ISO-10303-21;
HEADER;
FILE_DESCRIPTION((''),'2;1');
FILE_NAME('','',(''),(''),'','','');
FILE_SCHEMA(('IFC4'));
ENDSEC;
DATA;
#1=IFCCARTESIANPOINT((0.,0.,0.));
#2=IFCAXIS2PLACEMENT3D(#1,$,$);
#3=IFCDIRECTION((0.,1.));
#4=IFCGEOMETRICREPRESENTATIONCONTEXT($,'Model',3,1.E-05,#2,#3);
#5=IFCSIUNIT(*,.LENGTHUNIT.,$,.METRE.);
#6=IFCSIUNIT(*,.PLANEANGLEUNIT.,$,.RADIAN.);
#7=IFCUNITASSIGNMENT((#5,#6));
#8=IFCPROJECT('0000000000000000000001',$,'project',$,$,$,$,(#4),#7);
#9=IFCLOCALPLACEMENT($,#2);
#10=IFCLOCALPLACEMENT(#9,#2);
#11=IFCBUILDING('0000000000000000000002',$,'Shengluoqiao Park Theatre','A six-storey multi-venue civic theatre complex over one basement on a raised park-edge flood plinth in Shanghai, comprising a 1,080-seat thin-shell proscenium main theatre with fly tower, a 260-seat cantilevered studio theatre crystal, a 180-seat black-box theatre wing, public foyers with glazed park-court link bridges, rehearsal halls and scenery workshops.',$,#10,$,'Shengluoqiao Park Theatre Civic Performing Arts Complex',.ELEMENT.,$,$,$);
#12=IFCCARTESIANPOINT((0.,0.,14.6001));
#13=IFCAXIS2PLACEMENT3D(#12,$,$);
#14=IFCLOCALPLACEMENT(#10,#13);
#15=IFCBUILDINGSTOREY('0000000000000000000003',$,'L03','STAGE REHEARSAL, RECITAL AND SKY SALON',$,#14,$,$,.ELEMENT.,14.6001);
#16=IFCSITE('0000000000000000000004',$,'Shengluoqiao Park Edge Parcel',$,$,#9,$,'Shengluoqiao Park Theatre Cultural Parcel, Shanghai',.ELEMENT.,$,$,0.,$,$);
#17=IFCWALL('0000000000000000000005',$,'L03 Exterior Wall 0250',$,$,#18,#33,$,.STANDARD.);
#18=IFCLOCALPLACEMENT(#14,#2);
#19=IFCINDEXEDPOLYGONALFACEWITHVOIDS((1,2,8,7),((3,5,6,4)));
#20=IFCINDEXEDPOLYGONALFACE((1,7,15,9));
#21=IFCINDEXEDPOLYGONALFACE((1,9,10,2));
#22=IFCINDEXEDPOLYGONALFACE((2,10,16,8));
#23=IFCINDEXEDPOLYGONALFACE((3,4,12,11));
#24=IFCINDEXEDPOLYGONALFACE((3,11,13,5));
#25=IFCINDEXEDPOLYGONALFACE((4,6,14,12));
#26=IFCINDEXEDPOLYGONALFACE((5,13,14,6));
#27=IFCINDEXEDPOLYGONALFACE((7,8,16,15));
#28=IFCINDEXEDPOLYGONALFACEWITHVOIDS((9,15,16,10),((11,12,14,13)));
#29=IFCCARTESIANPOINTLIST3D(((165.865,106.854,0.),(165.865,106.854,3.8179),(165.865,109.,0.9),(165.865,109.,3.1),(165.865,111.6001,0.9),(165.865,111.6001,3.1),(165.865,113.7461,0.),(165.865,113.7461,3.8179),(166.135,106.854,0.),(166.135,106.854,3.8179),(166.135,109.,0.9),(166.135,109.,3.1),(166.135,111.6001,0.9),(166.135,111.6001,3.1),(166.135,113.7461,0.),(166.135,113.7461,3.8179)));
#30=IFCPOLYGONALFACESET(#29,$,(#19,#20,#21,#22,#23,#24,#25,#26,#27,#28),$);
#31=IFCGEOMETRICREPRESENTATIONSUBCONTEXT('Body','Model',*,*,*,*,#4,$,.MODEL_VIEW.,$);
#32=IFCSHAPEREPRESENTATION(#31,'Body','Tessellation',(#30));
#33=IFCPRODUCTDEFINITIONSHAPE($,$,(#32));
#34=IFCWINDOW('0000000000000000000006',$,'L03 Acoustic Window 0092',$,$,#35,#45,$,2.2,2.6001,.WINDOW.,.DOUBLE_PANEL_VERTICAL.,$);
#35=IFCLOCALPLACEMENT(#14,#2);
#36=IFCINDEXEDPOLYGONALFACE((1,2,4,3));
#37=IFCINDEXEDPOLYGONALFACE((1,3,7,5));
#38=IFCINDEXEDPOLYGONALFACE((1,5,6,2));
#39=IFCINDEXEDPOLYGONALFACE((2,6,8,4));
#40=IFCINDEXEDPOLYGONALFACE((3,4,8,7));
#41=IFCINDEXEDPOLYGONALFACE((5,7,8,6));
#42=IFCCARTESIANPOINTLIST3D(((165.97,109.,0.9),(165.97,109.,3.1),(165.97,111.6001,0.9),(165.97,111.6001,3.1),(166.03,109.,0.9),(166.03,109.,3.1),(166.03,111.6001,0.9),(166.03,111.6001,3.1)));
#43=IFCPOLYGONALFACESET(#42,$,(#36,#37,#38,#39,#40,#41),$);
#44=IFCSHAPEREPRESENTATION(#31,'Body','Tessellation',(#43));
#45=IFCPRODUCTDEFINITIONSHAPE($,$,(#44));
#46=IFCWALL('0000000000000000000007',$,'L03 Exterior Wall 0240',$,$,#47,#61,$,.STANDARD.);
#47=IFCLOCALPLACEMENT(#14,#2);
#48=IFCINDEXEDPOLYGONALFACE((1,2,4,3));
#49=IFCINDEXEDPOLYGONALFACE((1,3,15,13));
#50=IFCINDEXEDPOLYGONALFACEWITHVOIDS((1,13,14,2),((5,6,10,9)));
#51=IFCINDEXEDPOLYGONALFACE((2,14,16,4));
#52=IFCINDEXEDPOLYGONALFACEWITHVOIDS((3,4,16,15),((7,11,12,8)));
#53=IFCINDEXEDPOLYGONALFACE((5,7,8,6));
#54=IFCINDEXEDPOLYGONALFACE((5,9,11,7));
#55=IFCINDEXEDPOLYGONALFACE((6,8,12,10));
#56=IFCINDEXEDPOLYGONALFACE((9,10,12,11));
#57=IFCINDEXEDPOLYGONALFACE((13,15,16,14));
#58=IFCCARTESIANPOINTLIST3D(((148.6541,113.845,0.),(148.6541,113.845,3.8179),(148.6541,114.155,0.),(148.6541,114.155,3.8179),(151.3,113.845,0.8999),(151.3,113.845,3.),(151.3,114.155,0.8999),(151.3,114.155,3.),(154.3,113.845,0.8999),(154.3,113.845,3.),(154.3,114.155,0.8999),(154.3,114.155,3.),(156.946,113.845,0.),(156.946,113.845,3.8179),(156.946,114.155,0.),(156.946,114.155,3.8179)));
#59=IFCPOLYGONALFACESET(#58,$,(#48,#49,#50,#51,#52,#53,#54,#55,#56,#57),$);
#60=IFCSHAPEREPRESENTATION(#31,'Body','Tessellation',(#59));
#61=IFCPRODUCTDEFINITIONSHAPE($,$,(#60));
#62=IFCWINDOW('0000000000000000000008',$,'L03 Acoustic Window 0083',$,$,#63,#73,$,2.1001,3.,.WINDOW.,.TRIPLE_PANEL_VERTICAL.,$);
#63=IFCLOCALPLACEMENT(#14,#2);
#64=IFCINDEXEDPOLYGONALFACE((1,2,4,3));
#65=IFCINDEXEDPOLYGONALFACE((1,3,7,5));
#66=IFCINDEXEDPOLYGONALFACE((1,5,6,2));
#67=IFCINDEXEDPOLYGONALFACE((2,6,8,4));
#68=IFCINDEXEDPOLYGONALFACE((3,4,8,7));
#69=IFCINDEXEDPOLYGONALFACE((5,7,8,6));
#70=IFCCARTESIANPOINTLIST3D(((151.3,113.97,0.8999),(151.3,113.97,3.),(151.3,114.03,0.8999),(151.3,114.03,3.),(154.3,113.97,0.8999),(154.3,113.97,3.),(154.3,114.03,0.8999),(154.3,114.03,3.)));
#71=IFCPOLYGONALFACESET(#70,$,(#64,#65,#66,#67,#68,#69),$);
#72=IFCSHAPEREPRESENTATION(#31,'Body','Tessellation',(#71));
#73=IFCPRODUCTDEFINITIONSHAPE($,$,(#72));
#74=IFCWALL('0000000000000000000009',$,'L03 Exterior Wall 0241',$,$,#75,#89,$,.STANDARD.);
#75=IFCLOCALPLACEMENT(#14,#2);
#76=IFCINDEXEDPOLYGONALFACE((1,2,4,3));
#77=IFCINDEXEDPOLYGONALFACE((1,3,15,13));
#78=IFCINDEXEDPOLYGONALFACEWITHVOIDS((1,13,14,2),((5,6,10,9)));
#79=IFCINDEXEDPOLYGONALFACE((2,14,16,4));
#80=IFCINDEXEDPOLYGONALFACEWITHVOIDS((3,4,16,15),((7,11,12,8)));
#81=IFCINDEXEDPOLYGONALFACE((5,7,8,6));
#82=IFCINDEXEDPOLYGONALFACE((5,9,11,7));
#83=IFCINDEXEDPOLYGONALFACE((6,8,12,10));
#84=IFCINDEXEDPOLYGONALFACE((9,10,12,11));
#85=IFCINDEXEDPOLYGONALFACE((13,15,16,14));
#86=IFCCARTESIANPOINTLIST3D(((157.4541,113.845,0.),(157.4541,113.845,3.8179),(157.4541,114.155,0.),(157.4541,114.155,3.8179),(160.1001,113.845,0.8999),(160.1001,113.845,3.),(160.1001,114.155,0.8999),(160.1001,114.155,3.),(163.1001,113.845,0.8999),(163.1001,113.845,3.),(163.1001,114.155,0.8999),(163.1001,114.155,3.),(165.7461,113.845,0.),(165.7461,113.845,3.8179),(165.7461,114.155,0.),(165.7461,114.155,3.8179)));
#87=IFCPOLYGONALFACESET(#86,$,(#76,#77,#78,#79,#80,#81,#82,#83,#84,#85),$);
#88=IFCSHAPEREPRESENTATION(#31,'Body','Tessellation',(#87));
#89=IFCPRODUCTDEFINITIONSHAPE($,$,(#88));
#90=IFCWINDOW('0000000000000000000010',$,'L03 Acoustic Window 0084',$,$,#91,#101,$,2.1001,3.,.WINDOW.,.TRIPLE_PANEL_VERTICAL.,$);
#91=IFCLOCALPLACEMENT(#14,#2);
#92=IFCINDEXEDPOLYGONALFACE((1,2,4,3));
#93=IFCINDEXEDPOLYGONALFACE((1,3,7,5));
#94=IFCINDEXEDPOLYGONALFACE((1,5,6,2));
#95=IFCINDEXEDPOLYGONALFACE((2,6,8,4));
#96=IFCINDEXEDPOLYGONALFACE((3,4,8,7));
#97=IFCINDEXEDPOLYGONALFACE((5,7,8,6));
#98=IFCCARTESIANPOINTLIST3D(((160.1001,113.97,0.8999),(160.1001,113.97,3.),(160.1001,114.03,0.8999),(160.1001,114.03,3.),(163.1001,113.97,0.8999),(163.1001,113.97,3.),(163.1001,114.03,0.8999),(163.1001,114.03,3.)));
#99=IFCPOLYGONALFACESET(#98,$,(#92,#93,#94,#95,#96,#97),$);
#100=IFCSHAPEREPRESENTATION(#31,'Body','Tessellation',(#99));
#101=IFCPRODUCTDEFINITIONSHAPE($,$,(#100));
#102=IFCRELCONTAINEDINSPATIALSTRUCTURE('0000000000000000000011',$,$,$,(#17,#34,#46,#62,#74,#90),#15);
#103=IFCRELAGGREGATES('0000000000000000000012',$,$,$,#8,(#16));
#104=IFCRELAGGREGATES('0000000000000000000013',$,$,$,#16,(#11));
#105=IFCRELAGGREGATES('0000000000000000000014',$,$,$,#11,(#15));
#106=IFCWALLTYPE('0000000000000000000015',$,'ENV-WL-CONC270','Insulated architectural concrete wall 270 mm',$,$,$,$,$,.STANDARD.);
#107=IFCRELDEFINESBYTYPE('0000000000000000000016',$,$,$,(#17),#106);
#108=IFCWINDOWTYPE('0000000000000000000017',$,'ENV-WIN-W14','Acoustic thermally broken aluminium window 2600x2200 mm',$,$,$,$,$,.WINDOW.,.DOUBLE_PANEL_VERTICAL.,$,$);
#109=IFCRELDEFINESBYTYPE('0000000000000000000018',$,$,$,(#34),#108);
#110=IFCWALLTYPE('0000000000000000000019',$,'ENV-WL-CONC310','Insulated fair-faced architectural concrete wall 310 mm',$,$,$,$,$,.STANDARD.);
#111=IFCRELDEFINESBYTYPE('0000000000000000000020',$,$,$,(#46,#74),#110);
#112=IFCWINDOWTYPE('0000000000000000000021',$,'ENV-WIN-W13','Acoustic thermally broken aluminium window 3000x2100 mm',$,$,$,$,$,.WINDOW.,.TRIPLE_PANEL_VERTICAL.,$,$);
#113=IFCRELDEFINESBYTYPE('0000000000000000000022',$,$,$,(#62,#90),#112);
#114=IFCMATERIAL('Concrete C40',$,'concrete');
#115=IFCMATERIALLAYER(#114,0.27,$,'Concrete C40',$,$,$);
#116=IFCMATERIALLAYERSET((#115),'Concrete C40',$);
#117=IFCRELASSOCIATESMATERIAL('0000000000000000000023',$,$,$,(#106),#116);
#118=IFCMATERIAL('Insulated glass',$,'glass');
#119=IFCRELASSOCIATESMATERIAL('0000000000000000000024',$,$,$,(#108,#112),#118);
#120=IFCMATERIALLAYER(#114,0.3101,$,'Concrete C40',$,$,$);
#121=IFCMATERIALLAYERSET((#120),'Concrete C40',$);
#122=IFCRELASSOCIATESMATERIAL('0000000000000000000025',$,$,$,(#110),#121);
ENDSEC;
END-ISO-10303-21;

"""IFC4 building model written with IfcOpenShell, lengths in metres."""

from ifc_helpers import new_model, si_unit, direction, frame, frame_2d, origin, place, context, subcontext, project, spatial, rectangle, extrude, material, layer, layer_set, type_object, element, fill, save


model = new_model("IFC4")

# Units and contexts
model_context = context("Model", 3, precision=1e-05, world=origin(), true_north=direction((0.0, 1.0)))
body_context = subcontext(model_context, "Body", "Model", "MODEL_VIEW")
ifc_project = project(units=[si_unit("LENGTHUNIT", "METRE"), si_unit("PLANEANGLEUNIT", "RADIAN")], contexts=[model_context])

# Site, building, storey
site_placement = place(None, origin())
site = spatial("IfcSite", under=ifc_project, at=site_placement, Name="Shengluoqiao Park Edge Parcel", LongName="Shengluoqiao Park Theatre Cultural Parcel, Shanghai", CompositionType="ELEMENT", RefElevation=0.0)
building_placement = place(site_placement, origin())
building = spatial("IfcBuilding", under=site, at=building_placement, Name="Shengluoqiao Park Theatre", Description="A six-storey multi-venue civic theatre complex over one basement on a raised park-edge flood plinth in Shanghai, comprising a 1,080-seat thin-shell proscenium main theatre with fly tower, a 260-seat cantilevered studio theatre crystal, a 180-seat black-box theatre wing, public foyers with glazed park-court link bridges, rehearsal halls and scenery workshops.", LongName="Shengluoqiao Park Theatre Civic Performing Arts Complex", CompositionType="ELEMENT")
storey_placement = place(building_placement, frame((0.0, 0.0, 14.6001)))
storey = spatial("IfcBuildingStorey", under=building, at=storey_placement, Name="L03", Description="STAGE REHEARSAL, RECITAL AND SKY SALON", CompositionType="ELEMENT", Elevation=14.6001)

# Shared definitions
ifc_material_1 = material(Name="Concrete C40", Category="concrete")

# Walls, openings, windows
ifc_layer_1 = layer(ifc_material_1, 0.27, Name="Concrete C40")
ifc_layer_set_1 = layer_set([ifc_layer_1], Name="Concrete C40")
wall_type_1 = type_object("IfcWallType", Name="ENV-WL-CONC270", Description="Insulated architectural concrete wall 270 mm", PredefinedType="STANDARD", material=ifc_layer_set_1)
ifc_material_2 = material(Name="Insulated glass", Category="glass")
wall_1_placement = place(storey_placement, frame((166.0, 106.854, 0.0), z_axis=(0.0, 0.0, 1.0), x_axis=(0.0, 1.0, 0.0)))
wall_1 = element("IfcWall", 1, at=wall_1_placement, inside=storey, type_object=wall_type_1, Name="L03 Exterior Wall 0250", PredefinedType="STANDARD", context=body_context, shape_type="SweptSolid", body=[
    extrude(rectangle(XDim=6.8921, YDim=0.27, at=frame_2d((3.446, 0.0))), origin(), (0.0, 0.0, 1.0), 3.8179),
])
opening_1_placement = place(wall_1_placement, frame((2.146, 0.0, 0.8999)))
opening_1 = element("IfcOpeningElement", 2, at=opening_1_placement, cuts=wall_1, PredefinedType="OPENING", context=body_context, shape_type="SweptSolid", body=[
    extrude(rectangle(XDim=2.6001, YDim=2.2, at=frame_2d((1.3, 1.1001))), frame((0.0, 0.145, 0.0), z_axis=(0.0, -1.0, 0.0), x_axis=(1.0, 0.0, 0.0)), (0.0, 0.0, 1.0), 0.29),
])
window_type_1 = type_object("IfcWindowType", Name="ENV-WIN-W14", Description="Acoustic thermally broken aluminium window 2600x2200 mm", PartitioningType="DOUBLE_PANEL_VERTICAL", PredefinedType="WINDOW", material=ifc_material_2)
window_1_placement = place(opening_1_placement, origin())
window_1 = element("IfcWindow", 3, at=window_1_placement, inside=storey, type_object=window_type_1, Name="L03 Acoustic Window 0092", OverallHeight=2.2, OverallWidth=2.6001, PartitioningType="DOUBLE_PANEL_VERTICAL", PredefinedType="WINDOW", context=body_context, shape_type="SweptSolid", body=[
    extrude(rectangle(XDim=2.6001, YDim=2.2, at=frame_2d((1.3, 1.1001))), frame((0.0, 0.03, 0.0), z_axis=(0.0, -1.0, 0.0), x_axis=(1.0, 0.0, 0.0)), (0.0, 0.0, 1.0), 0.0601),
])
fill(opening_1, window_1)
ifc_layer_2 = layer(ifc_material_1, 0.3101, Name="Concrete C40")
ifc_layer_set_2 = layer_set([ifc_layer_2], Name="Concrete C40")
wall_type_2 = type_object("IfcWallType", Name="ENV-WL-CONC310", Description="Insulated fair-faced architectural concrete wall 310 mm", PredefinedType="STANDARD", material=ifc_layer_set_2)
wall_2_placement = place(storey_placement, frame((148.6541, 114.0, 0.0), z_axis=(0.0, 0.0, 1.0), x_axis=(1.0, 0.0, 0.0)))
wall_2 = element("IfcWall", 4, at=wall_2_placement, inside=storey, type_object=wall_type_2, Name="L03 Exterior Wall 0240", PredefinedType="STANDARD", context=body_context, shape_type="SweptSolid", body=[
    extrude(rectangle(XDim=8.292, YDim=0.3101, at=frame_2d((4.146, 0.0))), origin(), (0.0, 0.0, 1.0), 3.8179),
])
opening_2_placement = place(wall_2_placement, frame((2.646, 0.0, 0.8999)))
opening_2 = element("IfcOpeningElement", 5, at=opening_2_placement, cuts=wall_2, PredefinedType="OPENING", context=body_context, shape_type="SweptSolid", body=[
    extrude(rectangle(XDim=3.0, YDim=2.1001, at=frame_2d((1.5, 1.05))), frame((0.0, 0.165, 0.0), z_axis=(0.0, -1.0, 0.0), x_axis=(1.0, 0.0, 0.0)), (0.0, 0.0, 1.0), 0.3301),
])
window_type_2 = type_object("IfcWindowType", Name="ENV-WIN-W13", Description="Acoustic thermally broken aluminium window 3000x2100 mm", PartitioningType="TRIPLE_PANEL_VERTICAL", PredefinedType="WINDOW", material=ifc_material_2)
window_2_placement = place(opening_2_placement, origin())
window_2 = element("IfcWindow", 6, at=window_2_placement, inside=storey, type_object=window_type_2, Name="L03 Acoustic Window 0083", OverallHeight=2.1001, OverallWidth=3.0, PartitioningType="TRIPLE_PANEL_VERTICAL", PredefinedType="WINDOW", context=body_context, shape_type="SweptSolid", body=[
    extrude(rectangle(XDim=3.0, YDim=2.1001, at=frame_2d((1.5, 1.05))), frame((0.0, 0.03, 0.0), z_axis=(0.0, -1.0, 0.0), x_axis=(1.0, 0.0, 0.0)), (0.0, 0.0, 1.0), 0.0601),
])
fill(opening_2, window_2)
wall_3_placement = place(storey_placement, frame((157.4541, 114.0, 0.0), z_axis=(0.0, 0.0, 1.0), x_axis=(1.0, 0.0, 0.0)))
wall_3 = element("IfcWall", 7, at=wall_3_placement, inside=storey, type_object=wall_type_2, Name="L03 Exterior Wall 0241", PredefinedType="STANDARD", context=body_context, shape_type="SweptSolid", body=[
    extrude(rectangle(XDim=8.292, YDim=0.3101, at=frame_2d((4.146, 0.0))), origin(), (0.0, 0.0, 1.0), 3.8179),
])
opening_3_placement = place(wall_3_placement, frame((2.646, 0.0, 0.8999)))
opening_3 = element("IfcOpeningElement", 8, at=opening_3_placement, cuts=wall_3, PredefinedType="OPENING", context=body_context, shape_type="SweptSolid", body=[
    extrude(rectangle(XDim=3.0, YDim=2.1001, at=frame_2d((1.5, 1.05))), frame((0.0, 0.165, 0.0), z_axis=(0.0, -1.0, 0.0), x_axis=(1.0, 0.0, 0.0)), (0.0, 0.0, 1.0), 0.3301),
])
window_3_placement = place(opening_3_placement, origin())
window_3 = element("IfcWindow", 9, at=window_3_placement, inside=storey, type_object=window_type_2, Name="L03 Acoustic Window 0084", OverallHeight=2.1001, OverallWidth=3.0, PartitioningType="TRIPLE_PANEL_VERTICAL", PredefinedType="WINDOW", context=body_context, shape_type="SweptSolid", body=[
    extrude(rectangle(XDim=3.0, YDim=2.1001, at=frame_2d((1.5, 1.05))), frame((0.0, 0.03, 0.0), z_axis=(0.0, -1.0, 0.0), x_axis=(1.0, 0.0, 0.0)), (0.0, 0.0, 1.0), 0.0601),
])
fill(opening_3, window_3)

save(model, "model.ifc")
